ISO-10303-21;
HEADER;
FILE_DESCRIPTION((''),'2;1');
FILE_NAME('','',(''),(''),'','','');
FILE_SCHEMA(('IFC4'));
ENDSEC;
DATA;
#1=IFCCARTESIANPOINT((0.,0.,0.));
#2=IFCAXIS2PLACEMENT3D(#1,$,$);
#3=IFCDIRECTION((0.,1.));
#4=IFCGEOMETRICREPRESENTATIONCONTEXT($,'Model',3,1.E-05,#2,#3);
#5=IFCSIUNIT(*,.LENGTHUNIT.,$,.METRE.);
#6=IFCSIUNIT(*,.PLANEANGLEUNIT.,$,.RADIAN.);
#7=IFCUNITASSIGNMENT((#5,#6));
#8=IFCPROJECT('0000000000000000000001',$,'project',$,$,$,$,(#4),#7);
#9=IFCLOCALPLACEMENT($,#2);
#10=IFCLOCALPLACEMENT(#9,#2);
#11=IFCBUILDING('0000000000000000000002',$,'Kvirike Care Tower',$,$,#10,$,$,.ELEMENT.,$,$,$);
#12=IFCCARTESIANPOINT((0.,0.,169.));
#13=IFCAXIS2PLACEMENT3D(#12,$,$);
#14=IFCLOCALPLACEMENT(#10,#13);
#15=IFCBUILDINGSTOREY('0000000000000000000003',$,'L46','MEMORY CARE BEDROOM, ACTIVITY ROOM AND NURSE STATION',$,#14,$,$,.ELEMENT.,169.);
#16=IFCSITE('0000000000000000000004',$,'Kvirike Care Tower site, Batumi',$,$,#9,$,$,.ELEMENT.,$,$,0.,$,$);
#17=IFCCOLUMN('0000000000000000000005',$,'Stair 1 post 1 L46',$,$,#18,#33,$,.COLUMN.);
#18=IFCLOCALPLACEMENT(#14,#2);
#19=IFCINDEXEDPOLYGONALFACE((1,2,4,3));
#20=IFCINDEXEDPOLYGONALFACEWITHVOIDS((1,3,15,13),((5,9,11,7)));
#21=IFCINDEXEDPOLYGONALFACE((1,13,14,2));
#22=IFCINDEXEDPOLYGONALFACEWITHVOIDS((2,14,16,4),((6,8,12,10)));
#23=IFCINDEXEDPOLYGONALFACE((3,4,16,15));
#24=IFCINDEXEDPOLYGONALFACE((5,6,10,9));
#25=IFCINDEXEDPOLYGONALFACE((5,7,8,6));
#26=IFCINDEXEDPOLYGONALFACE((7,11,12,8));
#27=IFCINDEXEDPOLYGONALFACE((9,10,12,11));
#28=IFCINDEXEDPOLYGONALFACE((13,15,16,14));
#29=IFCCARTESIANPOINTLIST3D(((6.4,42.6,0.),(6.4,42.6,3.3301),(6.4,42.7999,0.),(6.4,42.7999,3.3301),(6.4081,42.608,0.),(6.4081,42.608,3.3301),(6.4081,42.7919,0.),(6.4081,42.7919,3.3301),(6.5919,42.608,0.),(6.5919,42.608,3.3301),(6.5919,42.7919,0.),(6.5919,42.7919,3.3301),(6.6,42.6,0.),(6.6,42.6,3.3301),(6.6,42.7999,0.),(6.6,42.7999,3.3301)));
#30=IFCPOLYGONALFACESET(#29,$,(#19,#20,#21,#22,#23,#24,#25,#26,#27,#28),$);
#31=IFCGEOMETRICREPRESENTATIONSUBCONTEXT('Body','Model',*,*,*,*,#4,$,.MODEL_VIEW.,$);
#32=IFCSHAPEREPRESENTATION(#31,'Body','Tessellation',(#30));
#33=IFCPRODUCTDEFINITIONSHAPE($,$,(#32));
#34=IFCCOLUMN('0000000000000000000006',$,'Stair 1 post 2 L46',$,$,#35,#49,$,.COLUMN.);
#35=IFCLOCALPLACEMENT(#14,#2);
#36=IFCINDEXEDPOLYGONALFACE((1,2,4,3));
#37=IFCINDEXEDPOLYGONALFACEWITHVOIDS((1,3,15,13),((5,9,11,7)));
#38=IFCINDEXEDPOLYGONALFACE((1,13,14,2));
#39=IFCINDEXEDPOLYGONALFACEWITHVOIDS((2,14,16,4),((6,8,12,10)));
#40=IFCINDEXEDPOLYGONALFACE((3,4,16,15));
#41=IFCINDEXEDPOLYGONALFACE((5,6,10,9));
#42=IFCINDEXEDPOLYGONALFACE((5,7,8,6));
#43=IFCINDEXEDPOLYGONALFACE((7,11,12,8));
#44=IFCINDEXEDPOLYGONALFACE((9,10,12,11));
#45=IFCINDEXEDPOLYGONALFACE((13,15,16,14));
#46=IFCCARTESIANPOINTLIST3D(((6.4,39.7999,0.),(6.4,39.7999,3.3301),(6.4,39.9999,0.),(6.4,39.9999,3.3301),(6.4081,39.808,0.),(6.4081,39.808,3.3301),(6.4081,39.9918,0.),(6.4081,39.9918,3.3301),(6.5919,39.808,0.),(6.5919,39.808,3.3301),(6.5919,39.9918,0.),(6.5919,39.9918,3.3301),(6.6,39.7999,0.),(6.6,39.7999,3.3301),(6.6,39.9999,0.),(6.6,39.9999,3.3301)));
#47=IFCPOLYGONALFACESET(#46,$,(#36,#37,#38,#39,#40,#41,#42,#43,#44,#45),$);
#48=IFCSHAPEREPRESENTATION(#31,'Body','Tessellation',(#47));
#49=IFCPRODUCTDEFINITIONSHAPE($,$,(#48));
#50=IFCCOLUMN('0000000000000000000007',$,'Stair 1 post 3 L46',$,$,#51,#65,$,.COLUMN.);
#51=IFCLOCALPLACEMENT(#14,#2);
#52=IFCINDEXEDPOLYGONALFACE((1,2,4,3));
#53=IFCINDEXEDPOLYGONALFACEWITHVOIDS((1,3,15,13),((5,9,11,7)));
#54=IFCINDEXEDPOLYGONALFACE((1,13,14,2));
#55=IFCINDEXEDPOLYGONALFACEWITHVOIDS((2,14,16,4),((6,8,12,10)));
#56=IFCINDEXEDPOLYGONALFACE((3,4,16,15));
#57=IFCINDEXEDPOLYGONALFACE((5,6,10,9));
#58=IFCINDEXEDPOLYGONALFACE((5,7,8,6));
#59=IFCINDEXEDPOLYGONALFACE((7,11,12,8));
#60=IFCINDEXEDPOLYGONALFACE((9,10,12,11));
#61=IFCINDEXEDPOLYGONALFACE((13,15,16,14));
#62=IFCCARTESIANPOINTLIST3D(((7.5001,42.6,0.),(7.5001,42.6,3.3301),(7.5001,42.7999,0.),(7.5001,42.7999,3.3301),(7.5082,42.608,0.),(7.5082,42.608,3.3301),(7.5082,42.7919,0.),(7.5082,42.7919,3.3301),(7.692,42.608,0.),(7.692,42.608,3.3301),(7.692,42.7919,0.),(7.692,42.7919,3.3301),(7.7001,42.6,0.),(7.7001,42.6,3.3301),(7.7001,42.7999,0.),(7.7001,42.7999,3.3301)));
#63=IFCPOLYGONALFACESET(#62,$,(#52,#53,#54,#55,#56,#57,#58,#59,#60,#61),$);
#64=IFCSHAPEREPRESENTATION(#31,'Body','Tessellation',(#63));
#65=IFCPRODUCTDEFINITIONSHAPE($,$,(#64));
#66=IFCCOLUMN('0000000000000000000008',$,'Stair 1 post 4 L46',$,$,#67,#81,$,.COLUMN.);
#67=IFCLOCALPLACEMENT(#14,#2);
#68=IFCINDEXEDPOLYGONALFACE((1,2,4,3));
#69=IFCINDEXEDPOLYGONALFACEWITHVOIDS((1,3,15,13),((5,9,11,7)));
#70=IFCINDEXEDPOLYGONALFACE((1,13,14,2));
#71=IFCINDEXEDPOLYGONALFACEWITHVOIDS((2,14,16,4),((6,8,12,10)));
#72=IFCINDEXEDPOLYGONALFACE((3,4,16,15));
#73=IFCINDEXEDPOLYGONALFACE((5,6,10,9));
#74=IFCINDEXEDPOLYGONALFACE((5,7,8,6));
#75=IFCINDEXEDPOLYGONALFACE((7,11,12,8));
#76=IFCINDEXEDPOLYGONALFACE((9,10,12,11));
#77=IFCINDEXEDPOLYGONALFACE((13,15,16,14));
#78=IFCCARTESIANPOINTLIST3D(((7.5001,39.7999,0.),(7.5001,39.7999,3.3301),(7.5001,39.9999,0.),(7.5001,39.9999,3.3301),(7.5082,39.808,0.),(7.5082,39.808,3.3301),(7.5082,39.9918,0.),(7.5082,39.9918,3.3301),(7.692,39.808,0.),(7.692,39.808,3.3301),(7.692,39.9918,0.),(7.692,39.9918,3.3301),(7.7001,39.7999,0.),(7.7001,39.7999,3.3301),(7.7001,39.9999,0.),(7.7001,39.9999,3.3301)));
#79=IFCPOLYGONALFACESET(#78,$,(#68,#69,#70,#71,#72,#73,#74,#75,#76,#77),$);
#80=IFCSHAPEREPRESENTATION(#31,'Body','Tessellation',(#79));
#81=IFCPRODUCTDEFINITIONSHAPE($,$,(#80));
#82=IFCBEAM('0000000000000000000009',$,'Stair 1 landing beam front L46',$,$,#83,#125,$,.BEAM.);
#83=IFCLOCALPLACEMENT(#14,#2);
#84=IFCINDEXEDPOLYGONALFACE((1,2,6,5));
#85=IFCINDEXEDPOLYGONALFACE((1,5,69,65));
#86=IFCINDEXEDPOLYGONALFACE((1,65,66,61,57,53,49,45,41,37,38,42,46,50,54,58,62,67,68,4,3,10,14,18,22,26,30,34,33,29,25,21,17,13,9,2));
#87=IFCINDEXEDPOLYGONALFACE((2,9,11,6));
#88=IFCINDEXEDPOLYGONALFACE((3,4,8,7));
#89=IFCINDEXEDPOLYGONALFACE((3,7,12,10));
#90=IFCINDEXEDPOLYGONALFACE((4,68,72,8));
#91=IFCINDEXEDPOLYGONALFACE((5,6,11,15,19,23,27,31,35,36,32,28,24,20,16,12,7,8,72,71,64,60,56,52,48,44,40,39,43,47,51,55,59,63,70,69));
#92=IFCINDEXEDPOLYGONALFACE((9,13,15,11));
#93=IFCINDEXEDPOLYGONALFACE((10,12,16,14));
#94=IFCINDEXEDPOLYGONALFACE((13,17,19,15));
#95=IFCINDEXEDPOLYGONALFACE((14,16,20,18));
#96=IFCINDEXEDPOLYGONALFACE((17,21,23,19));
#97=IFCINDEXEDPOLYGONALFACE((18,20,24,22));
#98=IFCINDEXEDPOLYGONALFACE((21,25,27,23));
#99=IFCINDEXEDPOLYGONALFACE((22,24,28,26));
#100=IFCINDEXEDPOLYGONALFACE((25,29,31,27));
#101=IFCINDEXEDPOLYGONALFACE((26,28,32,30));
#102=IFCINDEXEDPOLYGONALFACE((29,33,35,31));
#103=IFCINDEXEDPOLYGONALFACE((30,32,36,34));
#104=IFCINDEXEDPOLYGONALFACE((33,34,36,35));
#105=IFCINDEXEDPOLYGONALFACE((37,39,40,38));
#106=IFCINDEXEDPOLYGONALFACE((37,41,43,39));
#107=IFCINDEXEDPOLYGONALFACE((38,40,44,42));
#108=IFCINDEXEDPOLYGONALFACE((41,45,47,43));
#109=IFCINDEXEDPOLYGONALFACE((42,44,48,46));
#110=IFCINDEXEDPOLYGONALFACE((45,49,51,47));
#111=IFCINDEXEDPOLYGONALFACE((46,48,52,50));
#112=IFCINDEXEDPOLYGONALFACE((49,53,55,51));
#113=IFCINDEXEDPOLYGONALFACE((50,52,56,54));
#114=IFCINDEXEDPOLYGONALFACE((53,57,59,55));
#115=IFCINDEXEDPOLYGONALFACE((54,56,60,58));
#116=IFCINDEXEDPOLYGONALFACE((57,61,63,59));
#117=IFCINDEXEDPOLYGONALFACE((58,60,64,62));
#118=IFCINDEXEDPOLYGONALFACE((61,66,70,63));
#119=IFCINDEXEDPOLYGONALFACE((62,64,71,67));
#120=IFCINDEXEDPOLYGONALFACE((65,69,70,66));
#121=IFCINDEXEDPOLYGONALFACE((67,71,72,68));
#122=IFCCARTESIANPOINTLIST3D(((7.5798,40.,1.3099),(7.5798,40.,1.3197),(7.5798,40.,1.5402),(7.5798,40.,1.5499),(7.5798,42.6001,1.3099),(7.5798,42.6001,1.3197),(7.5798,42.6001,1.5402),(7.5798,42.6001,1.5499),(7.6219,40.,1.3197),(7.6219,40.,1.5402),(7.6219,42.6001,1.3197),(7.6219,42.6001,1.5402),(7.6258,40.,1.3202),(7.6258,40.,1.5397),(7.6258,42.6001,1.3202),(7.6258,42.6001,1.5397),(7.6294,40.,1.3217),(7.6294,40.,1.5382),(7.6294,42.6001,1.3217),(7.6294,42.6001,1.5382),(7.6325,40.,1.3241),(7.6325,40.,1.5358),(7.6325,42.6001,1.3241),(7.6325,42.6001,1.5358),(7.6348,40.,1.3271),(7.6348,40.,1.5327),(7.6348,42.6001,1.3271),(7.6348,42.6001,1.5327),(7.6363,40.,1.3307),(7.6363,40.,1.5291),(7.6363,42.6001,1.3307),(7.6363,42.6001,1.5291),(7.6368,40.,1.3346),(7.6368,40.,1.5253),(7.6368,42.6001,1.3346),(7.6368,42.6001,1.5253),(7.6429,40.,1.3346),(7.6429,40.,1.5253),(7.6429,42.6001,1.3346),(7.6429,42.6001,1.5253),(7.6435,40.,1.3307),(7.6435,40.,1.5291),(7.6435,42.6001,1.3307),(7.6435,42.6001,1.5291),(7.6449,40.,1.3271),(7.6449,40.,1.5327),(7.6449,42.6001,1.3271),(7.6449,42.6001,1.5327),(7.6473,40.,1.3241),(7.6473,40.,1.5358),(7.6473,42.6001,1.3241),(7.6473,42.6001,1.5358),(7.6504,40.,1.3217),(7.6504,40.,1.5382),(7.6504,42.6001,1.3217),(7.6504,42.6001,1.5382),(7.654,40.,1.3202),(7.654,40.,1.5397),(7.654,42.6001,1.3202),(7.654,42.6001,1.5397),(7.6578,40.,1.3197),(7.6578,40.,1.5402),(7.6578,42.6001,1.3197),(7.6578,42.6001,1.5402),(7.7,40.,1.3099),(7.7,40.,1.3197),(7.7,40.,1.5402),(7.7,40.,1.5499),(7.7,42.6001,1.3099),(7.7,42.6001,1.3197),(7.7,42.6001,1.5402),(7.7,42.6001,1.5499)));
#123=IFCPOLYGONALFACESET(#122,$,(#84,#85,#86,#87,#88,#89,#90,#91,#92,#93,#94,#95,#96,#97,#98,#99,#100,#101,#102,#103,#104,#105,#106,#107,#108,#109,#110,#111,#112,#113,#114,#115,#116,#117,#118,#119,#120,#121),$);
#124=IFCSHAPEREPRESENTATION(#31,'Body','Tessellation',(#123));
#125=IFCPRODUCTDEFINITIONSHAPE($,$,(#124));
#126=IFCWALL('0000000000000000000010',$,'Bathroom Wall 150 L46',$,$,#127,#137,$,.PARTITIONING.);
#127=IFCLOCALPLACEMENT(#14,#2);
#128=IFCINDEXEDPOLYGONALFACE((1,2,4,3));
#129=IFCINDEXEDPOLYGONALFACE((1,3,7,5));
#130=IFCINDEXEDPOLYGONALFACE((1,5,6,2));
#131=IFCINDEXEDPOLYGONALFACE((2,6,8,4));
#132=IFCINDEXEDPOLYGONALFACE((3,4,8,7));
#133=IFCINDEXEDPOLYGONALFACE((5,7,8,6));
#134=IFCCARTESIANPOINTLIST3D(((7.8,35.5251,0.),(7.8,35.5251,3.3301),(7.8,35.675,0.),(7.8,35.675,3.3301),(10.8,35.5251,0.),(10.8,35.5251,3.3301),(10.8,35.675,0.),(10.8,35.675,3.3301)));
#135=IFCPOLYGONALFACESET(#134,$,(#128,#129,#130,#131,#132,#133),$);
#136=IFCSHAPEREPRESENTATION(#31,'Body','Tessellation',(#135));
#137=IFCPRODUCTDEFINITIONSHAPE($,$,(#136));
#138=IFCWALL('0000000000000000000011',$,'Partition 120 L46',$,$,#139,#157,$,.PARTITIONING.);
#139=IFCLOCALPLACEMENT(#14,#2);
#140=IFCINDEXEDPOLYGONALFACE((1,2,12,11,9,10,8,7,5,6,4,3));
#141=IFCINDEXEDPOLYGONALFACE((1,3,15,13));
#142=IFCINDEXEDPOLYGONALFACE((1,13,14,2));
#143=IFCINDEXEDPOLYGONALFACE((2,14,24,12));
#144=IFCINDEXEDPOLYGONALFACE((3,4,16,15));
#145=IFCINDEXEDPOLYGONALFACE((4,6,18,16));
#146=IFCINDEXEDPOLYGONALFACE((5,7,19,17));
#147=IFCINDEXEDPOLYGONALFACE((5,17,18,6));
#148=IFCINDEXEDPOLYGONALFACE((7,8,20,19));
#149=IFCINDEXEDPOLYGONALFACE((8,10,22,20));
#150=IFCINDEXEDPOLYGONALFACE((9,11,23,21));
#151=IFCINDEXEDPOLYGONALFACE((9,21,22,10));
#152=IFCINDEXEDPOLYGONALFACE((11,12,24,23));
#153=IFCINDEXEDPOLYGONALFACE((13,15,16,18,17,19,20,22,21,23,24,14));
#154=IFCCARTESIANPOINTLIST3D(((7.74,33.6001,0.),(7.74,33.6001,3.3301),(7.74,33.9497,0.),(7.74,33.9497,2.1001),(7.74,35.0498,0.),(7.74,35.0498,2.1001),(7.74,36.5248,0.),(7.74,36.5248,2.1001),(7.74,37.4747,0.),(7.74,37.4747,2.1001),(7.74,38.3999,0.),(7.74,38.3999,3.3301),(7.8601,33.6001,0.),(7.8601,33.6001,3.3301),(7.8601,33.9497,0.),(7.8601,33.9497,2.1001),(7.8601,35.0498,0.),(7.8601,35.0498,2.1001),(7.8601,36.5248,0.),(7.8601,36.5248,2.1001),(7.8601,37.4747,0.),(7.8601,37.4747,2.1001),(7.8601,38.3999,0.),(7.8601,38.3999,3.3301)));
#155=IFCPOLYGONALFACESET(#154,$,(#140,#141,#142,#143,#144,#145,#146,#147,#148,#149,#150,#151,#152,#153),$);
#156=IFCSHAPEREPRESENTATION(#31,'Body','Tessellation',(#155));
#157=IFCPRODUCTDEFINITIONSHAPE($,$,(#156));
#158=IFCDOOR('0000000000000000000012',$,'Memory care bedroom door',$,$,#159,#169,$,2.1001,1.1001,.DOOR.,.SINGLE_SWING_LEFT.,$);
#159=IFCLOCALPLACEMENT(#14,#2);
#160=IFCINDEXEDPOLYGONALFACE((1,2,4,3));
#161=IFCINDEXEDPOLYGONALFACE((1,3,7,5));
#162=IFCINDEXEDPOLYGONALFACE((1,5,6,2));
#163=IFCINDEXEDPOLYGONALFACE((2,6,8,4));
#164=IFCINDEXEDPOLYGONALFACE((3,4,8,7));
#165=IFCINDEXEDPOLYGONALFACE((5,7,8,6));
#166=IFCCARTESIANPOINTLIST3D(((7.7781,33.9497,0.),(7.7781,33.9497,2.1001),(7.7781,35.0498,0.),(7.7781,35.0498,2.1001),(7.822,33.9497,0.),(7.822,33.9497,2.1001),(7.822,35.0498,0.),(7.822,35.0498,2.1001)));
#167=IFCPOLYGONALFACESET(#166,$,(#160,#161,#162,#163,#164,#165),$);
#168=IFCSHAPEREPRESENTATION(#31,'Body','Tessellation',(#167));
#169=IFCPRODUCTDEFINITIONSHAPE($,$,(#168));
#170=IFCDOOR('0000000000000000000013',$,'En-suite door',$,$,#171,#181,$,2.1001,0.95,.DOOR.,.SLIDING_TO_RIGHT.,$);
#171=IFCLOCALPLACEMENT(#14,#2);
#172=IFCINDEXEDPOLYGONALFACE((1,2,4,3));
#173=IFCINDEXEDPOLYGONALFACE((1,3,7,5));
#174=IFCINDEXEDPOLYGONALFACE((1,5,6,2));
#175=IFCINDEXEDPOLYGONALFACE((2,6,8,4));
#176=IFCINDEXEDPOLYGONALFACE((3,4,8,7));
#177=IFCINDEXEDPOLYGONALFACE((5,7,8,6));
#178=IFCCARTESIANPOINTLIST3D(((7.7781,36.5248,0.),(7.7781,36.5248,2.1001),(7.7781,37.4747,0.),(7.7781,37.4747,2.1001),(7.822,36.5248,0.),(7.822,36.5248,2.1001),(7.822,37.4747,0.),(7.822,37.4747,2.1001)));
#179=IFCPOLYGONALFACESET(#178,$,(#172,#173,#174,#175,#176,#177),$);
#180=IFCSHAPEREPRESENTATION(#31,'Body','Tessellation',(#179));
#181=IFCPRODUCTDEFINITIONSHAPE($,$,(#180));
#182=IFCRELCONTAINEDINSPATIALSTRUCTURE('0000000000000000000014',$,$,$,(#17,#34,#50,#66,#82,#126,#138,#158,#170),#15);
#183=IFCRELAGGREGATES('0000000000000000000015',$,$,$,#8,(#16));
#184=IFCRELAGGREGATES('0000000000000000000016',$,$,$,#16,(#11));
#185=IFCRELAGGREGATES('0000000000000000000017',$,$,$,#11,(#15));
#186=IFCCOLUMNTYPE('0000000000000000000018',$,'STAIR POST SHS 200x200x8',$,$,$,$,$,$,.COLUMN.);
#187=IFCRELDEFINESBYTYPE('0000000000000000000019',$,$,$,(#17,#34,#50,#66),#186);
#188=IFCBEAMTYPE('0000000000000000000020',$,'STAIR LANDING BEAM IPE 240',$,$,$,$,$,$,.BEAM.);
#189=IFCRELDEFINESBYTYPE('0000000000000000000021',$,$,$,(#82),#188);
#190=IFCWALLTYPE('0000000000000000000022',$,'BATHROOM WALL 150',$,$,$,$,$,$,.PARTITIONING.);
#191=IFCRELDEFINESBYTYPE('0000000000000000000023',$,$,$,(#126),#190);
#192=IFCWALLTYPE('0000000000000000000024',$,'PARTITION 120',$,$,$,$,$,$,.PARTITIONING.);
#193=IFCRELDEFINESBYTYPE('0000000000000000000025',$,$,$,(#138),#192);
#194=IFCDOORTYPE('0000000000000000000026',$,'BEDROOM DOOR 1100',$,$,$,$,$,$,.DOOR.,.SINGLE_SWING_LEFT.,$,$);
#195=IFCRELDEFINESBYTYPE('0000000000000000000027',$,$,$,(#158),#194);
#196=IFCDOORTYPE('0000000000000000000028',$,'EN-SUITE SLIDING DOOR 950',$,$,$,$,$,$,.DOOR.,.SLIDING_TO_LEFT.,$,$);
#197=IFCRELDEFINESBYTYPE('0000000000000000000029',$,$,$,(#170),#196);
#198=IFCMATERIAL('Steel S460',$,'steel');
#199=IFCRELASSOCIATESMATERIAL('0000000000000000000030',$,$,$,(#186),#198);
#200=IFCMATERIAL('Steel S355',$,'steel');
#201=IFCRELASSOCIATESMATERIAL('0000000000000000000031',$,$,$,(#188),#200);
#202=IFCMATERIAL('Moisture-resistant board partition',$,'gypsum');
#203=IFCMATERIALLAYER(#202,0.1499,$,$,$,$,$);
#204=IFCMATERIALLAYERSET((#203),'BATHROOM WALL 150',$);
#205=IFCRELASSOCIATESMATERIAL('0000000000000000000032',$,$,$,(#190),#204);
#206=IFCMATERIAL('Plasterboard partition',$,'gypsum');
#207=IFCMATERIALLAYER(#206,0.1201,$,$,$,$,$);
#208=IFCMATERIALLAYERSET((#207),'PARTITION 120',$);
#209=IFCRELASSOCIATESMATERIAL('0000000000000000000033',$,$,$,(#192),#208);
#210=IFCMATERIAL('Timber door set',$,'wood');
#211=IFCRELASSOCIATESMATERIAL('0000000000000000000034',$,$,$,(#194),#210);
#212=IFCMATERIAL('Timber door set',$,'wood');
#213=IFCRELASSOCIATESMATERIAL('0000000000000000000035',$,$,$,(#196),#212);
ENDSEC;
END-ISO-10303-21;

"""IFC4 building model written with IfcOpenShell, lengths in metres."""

from ifc_helpers import new_model, si_unit, direction, frame, frame_2d, origin, origin_2d, place, context, subcontext, project, spatial, rectangle, hollow_rectangle, i_section, extrude, material, layer, layer_set, material_profile, profile_set, type_object, element, fill, save


model = new_model("IFC4")

# Units and contexts
model_context = context("Model", 3, precision=1e-05, world=origin(), true_north=direction((0.0, 1.0)))
body_context = subcontext(model_context, "Body", "Model", "MODEL_VIEW")
ifc_project = project(units=[si_unit("LENGTHUNIT", "METRE"), si_unit("PLANEANGLEUNIT", "RADIAN")], contexts=[model_context])

# Site, building, storey
site_placement = place(None, origin())
site = spatial("IfcSite", under=ifc_project, at=site_placement, Name="Kvirike Care Tower site, Batumi", CompositionType="ELEMENT", RefElevation=0.0)
building_placement = place(site_placement, origin())
building = spatial("IfcBuilding", under=site, at=building_placement, Name="Kvirike Care Tower", CompositionType="ELEMENT")
storey_placement = place(building_placement, frame((0.0, 0.0, 169.0)))
storey = spatial("IfcBuildingStorey", under=building, at=storey_placement, Name="L46", Description="MEMORY CARE BEDROOM, ACTIVITY ROOM AND NURSE STATION", CompositionType="ELEMENT", Elevation=169.0)

# Columns
ifc_material_1 = material(Name="Steel S460", Category="steel")
ifc_material_profile_1 = material_profile(ifc_material_1, hollow_rectangle(XDim=0.2, YDim=0.2, WallThickness=0.0081, at=origin_2d()), Name="SHS 200x200x8")
ifc_profile_set_1 = profile_set([ifc_material_profile_1], Name="Steel S460")
column_type = type_object("IfcColumnType", Name="STAIR POST SHS 200x200x8", PredefinedType="COLUMN", material=ifc_profile_set_1)
for number, where, z_axis, x_axis, name in (
    (1, (6.5, 42.7, 0.0), (0.0, 0.0, 1.0), (1.0, 0.0, 0.0), "Stair 1 post 1 L46"),
    (2, (6.5, 39.8999, 0.0), (0.0, 0.0, 1.0), (1.0, 0.0, 0.0), "Stair 1 post 2 L46"),
    (3, (7.6001, 42.7, 0.0), (0.0, 0.0, 1.0), (1.0, 0.0, 0.0), "Stair 1 post 3 L46"),
    (4, (7.6001, 39.8999, 0.0), (0.0, 0.0, 1.0), (1.0, 0.0, 0.0), "Stair 1 post 4 L46"),
):
    element("IfcColumn", number, at=place(storey_placement, frame(where, z_axis=z_axis, x_axis=x_axis)), inside=storey, type_object=column_type, Name=name, PredefinedType="COLUMN", context=body_context, shape_type="SweptSolid", body=[
        extrude(hollow_rectangle(XDim=0.2, YDim=0.2, WallThickness=0.0081, at=origin_2d()), origin(), (0.0, 0.0, 1.0), 3.3301),
    ])

# Beam
ifc_material_2 = material(Name="Steel S355", Category="steel")
ifc_material_profile_2 = material_profile(ifc_material_2, i_section(OverallWidth=0.1201, OverallDepth=0.24, WebThickness=0.0061, FlangeThickness=0.0098, FilletRadius=0.0149, at=origin_2d()), Name="IPE 240")
ifc_profile_set_2 = profile_set([ifc_material_profile_2], Name="Steel S355")
beam_type = type_object("IfcBeamType", Name="STAIR LANDING BEAM IPE 240", PredefinedType="BEAM", material=ifc_profile_set_2)
beam_placement = place(storey_placement, frame((7.6399, 42.6001, 1.4299), z_axis=(0.0, -1.0, 0.0), x_axis=(1.0, 0.0, 0.0)))
element("IfcBeam", 5, at=beam_placement, inside=storey, type_object=beam_type, Name="Stair 1 landing beam front L46", PredefinedType="BEAM", context=body_context, shape_type="SweptSolid", body=[
    extrude(i_section(OverallWidth=0.1201, OverallDepth=0.24, WebThickness=0.0061, FlangeThickness=0.0098, FilletRadius=0.0149, at=origin_2d()), origin(), (0.0, 0.0, 1.0), 2.6001),
])

# Wall
ifc_material_3 = material(Name="Moisture-resistant board partition", Category="gypsum")
ifc_layer_1 = layer(ifc_material_3, 0.1499)
ifc_layer_set_1 = layer_set([ifc_layer_1], Name="BATHROOM WALL 150")
wall_type_1 = type_object("IfcWallType", Name="BATHROOM WALL 150", PredefinedType="PARTITIONING", material=ifc_layer_set_1)
wall_1_placement = place(storey_placement, frame((7.8, 35.6001, 0.0), z_axis=(0.0, 0.0, 1.0), x_axis=(1.0, 0.0, 0.0)))
element("IfcWall", 6, at=wall_1_placement, inside=storey, type_object=wall_type_1, Name="Bathroom Wall 150 L46", PredefinedType="PARTITIONING", context=body_context, shape_type="SweptSolid", body=[
    extrude(rectangle(XDim=3.0, YDim=0.1499, at=frame_2d((1.5, 0.0))), origin(), (0.0, 0.0, 1.0), 3.3301),
])

# Wall, openings, doors
ifc_material_4 = material(Name="Plasterboard partition", Category="gypsum")
ifc_layer_2 = layer(ifc_material_4, 0.1201)
ifc_layer_set_2 = layer_set([ifc_layer_2], Name="PARTITION 120")
wall_type_2 = type_object("IfcWallType", Name="PARTITION 120", PredefinedType="PARTITIONING", material=ifc_layer_set_2)
wall_2_placement = place(storey_placement, frame((7.8, 38.3999, 0.0), z_axis=(0.0, 0.0, 1.0), x_axis=(0.0, -1.0, 0.0)))
wall_2 = element("IfcWall", 7, at=wall_2_placement, inside=storey, type_object=wall_type_2, Name="Partition 120 L46", PredefinedType="PARTITIONING", context=body_context, shape_type="SweptSolid", body=[
    extrude(rectangle(XDim=4.7998, YDim=0.1201, at=frame_2d((2.3999, 0.0))), origin(), (0.0, 0.0, 1.0), 3.3301),
])
opening_1_placement = place(wall_2_placement, frame((3.3501, 0.0, 0.0)))
opening_1 = element("IfcOpeningElement", 8, at=opening_1_placement, cuts=wall_2, PredefinedType="OPENING", context=body_context, shape_type="SweptSolid", body=[
    extrude(rectangle(XDim=1.1001, YDim=2.1001, at=frame_2d((0.55, 1.05))), frame((0.0, 0.0706, 0.0), z_axis=(0.0, -1.0, 0.0), x_axis=(1.0, 0.0, 0.0)), (0.0, 0.0, 1.0), 0.1411),
])
opening_2_placement = place(wall_2_placement, frame((0.925, 0.0, 0.0)))
opening_2 = element("IfcOpeningElement", 9, at=opening_2_placement, cuts=wall_2, PredefinedType="OPENING", context=body_context, shape_type="SweptSolid", body=[
    extrude(rectangle(XDim=0.95, YDim=2.1001, at=frame_2d((0.4751, 1.05))), frame((0.0, 0.0706, 0.0), z_axis=(0.0, -1.0, 0.0), x_axis=(1.0, 0.0, 0.0)), (0.0, 0.0, 1.0), 0.1411),
])
ifc_material_5 = material(Name="Timber door set", Category="wood")
door_type_1 = type_object("IfcDoorType", Name="BEDROOM DOOR 1100", OperationType="SINGLE_SWING_LEFT", PredefinedType="DOOR", material=ifc_material_5)
door_1_placement = place(opening_1_placement, origin())
door_1 = element("IfcDoor", 10, at=door_1_placement, inside=storey, type_object=door_type_1, Name="Memory care bedroom door", OperationType="SINGLE_SWING_LEFT", OverallHeight=2.1001, OverallWidth=1.1001, PredefinedType="DOOR", context=body_context, shape_type="SweptSolid", body=[
    extrude(rectangle(XDim=1.1001, YDim=2.1001, at=frame_2d((0.55, 1.05))), frame((0.0, 0.022, 0.0), z_axis=(0.0, -1.0, 0.0), x_axis=(1.0, 0.0, 0.0)), (0.0, 0.0, 1.0), 0.0439),
])
fill(opening_1, door_1)
ifc_material_6 = material(Name="Timber door set", Category="wood")
door_type_2 = type_object("IfcDoorType", Name="EN-SUITE SLIDING DOOR 950", OperationType="SLIDING_TO_LEFT", PredefinedType="DOOR", material=ifc_material_6)
door_2_placement = place(opening_2_placement, origin())
door_2 = element("IfcDoor", 11, at=door_2_placement, inside=storey, type_object=door_type_2, Name="En-suite door", OperationType="SLIDING_TO_RIGHT", OverallHeight=2.1001, OverallWidth=0.95, PredefinedType="DOOR", context=body_context, shape_type="SweptSolid", body=[
    extrude(rectangle(XDim=0.95, YDim=2.1001, at=frame_2d((0.4751, 1.05))), frame((0.0, 0.022, 0.0), z_axis=(0.0, -1.0, 0.0), x_axis=(1.0, 0.0, 0.0)), (0.0, 0.0, 1.0), 0.0439),
])
fill(opening_2, door_2)

save(model, "model.ifc")
